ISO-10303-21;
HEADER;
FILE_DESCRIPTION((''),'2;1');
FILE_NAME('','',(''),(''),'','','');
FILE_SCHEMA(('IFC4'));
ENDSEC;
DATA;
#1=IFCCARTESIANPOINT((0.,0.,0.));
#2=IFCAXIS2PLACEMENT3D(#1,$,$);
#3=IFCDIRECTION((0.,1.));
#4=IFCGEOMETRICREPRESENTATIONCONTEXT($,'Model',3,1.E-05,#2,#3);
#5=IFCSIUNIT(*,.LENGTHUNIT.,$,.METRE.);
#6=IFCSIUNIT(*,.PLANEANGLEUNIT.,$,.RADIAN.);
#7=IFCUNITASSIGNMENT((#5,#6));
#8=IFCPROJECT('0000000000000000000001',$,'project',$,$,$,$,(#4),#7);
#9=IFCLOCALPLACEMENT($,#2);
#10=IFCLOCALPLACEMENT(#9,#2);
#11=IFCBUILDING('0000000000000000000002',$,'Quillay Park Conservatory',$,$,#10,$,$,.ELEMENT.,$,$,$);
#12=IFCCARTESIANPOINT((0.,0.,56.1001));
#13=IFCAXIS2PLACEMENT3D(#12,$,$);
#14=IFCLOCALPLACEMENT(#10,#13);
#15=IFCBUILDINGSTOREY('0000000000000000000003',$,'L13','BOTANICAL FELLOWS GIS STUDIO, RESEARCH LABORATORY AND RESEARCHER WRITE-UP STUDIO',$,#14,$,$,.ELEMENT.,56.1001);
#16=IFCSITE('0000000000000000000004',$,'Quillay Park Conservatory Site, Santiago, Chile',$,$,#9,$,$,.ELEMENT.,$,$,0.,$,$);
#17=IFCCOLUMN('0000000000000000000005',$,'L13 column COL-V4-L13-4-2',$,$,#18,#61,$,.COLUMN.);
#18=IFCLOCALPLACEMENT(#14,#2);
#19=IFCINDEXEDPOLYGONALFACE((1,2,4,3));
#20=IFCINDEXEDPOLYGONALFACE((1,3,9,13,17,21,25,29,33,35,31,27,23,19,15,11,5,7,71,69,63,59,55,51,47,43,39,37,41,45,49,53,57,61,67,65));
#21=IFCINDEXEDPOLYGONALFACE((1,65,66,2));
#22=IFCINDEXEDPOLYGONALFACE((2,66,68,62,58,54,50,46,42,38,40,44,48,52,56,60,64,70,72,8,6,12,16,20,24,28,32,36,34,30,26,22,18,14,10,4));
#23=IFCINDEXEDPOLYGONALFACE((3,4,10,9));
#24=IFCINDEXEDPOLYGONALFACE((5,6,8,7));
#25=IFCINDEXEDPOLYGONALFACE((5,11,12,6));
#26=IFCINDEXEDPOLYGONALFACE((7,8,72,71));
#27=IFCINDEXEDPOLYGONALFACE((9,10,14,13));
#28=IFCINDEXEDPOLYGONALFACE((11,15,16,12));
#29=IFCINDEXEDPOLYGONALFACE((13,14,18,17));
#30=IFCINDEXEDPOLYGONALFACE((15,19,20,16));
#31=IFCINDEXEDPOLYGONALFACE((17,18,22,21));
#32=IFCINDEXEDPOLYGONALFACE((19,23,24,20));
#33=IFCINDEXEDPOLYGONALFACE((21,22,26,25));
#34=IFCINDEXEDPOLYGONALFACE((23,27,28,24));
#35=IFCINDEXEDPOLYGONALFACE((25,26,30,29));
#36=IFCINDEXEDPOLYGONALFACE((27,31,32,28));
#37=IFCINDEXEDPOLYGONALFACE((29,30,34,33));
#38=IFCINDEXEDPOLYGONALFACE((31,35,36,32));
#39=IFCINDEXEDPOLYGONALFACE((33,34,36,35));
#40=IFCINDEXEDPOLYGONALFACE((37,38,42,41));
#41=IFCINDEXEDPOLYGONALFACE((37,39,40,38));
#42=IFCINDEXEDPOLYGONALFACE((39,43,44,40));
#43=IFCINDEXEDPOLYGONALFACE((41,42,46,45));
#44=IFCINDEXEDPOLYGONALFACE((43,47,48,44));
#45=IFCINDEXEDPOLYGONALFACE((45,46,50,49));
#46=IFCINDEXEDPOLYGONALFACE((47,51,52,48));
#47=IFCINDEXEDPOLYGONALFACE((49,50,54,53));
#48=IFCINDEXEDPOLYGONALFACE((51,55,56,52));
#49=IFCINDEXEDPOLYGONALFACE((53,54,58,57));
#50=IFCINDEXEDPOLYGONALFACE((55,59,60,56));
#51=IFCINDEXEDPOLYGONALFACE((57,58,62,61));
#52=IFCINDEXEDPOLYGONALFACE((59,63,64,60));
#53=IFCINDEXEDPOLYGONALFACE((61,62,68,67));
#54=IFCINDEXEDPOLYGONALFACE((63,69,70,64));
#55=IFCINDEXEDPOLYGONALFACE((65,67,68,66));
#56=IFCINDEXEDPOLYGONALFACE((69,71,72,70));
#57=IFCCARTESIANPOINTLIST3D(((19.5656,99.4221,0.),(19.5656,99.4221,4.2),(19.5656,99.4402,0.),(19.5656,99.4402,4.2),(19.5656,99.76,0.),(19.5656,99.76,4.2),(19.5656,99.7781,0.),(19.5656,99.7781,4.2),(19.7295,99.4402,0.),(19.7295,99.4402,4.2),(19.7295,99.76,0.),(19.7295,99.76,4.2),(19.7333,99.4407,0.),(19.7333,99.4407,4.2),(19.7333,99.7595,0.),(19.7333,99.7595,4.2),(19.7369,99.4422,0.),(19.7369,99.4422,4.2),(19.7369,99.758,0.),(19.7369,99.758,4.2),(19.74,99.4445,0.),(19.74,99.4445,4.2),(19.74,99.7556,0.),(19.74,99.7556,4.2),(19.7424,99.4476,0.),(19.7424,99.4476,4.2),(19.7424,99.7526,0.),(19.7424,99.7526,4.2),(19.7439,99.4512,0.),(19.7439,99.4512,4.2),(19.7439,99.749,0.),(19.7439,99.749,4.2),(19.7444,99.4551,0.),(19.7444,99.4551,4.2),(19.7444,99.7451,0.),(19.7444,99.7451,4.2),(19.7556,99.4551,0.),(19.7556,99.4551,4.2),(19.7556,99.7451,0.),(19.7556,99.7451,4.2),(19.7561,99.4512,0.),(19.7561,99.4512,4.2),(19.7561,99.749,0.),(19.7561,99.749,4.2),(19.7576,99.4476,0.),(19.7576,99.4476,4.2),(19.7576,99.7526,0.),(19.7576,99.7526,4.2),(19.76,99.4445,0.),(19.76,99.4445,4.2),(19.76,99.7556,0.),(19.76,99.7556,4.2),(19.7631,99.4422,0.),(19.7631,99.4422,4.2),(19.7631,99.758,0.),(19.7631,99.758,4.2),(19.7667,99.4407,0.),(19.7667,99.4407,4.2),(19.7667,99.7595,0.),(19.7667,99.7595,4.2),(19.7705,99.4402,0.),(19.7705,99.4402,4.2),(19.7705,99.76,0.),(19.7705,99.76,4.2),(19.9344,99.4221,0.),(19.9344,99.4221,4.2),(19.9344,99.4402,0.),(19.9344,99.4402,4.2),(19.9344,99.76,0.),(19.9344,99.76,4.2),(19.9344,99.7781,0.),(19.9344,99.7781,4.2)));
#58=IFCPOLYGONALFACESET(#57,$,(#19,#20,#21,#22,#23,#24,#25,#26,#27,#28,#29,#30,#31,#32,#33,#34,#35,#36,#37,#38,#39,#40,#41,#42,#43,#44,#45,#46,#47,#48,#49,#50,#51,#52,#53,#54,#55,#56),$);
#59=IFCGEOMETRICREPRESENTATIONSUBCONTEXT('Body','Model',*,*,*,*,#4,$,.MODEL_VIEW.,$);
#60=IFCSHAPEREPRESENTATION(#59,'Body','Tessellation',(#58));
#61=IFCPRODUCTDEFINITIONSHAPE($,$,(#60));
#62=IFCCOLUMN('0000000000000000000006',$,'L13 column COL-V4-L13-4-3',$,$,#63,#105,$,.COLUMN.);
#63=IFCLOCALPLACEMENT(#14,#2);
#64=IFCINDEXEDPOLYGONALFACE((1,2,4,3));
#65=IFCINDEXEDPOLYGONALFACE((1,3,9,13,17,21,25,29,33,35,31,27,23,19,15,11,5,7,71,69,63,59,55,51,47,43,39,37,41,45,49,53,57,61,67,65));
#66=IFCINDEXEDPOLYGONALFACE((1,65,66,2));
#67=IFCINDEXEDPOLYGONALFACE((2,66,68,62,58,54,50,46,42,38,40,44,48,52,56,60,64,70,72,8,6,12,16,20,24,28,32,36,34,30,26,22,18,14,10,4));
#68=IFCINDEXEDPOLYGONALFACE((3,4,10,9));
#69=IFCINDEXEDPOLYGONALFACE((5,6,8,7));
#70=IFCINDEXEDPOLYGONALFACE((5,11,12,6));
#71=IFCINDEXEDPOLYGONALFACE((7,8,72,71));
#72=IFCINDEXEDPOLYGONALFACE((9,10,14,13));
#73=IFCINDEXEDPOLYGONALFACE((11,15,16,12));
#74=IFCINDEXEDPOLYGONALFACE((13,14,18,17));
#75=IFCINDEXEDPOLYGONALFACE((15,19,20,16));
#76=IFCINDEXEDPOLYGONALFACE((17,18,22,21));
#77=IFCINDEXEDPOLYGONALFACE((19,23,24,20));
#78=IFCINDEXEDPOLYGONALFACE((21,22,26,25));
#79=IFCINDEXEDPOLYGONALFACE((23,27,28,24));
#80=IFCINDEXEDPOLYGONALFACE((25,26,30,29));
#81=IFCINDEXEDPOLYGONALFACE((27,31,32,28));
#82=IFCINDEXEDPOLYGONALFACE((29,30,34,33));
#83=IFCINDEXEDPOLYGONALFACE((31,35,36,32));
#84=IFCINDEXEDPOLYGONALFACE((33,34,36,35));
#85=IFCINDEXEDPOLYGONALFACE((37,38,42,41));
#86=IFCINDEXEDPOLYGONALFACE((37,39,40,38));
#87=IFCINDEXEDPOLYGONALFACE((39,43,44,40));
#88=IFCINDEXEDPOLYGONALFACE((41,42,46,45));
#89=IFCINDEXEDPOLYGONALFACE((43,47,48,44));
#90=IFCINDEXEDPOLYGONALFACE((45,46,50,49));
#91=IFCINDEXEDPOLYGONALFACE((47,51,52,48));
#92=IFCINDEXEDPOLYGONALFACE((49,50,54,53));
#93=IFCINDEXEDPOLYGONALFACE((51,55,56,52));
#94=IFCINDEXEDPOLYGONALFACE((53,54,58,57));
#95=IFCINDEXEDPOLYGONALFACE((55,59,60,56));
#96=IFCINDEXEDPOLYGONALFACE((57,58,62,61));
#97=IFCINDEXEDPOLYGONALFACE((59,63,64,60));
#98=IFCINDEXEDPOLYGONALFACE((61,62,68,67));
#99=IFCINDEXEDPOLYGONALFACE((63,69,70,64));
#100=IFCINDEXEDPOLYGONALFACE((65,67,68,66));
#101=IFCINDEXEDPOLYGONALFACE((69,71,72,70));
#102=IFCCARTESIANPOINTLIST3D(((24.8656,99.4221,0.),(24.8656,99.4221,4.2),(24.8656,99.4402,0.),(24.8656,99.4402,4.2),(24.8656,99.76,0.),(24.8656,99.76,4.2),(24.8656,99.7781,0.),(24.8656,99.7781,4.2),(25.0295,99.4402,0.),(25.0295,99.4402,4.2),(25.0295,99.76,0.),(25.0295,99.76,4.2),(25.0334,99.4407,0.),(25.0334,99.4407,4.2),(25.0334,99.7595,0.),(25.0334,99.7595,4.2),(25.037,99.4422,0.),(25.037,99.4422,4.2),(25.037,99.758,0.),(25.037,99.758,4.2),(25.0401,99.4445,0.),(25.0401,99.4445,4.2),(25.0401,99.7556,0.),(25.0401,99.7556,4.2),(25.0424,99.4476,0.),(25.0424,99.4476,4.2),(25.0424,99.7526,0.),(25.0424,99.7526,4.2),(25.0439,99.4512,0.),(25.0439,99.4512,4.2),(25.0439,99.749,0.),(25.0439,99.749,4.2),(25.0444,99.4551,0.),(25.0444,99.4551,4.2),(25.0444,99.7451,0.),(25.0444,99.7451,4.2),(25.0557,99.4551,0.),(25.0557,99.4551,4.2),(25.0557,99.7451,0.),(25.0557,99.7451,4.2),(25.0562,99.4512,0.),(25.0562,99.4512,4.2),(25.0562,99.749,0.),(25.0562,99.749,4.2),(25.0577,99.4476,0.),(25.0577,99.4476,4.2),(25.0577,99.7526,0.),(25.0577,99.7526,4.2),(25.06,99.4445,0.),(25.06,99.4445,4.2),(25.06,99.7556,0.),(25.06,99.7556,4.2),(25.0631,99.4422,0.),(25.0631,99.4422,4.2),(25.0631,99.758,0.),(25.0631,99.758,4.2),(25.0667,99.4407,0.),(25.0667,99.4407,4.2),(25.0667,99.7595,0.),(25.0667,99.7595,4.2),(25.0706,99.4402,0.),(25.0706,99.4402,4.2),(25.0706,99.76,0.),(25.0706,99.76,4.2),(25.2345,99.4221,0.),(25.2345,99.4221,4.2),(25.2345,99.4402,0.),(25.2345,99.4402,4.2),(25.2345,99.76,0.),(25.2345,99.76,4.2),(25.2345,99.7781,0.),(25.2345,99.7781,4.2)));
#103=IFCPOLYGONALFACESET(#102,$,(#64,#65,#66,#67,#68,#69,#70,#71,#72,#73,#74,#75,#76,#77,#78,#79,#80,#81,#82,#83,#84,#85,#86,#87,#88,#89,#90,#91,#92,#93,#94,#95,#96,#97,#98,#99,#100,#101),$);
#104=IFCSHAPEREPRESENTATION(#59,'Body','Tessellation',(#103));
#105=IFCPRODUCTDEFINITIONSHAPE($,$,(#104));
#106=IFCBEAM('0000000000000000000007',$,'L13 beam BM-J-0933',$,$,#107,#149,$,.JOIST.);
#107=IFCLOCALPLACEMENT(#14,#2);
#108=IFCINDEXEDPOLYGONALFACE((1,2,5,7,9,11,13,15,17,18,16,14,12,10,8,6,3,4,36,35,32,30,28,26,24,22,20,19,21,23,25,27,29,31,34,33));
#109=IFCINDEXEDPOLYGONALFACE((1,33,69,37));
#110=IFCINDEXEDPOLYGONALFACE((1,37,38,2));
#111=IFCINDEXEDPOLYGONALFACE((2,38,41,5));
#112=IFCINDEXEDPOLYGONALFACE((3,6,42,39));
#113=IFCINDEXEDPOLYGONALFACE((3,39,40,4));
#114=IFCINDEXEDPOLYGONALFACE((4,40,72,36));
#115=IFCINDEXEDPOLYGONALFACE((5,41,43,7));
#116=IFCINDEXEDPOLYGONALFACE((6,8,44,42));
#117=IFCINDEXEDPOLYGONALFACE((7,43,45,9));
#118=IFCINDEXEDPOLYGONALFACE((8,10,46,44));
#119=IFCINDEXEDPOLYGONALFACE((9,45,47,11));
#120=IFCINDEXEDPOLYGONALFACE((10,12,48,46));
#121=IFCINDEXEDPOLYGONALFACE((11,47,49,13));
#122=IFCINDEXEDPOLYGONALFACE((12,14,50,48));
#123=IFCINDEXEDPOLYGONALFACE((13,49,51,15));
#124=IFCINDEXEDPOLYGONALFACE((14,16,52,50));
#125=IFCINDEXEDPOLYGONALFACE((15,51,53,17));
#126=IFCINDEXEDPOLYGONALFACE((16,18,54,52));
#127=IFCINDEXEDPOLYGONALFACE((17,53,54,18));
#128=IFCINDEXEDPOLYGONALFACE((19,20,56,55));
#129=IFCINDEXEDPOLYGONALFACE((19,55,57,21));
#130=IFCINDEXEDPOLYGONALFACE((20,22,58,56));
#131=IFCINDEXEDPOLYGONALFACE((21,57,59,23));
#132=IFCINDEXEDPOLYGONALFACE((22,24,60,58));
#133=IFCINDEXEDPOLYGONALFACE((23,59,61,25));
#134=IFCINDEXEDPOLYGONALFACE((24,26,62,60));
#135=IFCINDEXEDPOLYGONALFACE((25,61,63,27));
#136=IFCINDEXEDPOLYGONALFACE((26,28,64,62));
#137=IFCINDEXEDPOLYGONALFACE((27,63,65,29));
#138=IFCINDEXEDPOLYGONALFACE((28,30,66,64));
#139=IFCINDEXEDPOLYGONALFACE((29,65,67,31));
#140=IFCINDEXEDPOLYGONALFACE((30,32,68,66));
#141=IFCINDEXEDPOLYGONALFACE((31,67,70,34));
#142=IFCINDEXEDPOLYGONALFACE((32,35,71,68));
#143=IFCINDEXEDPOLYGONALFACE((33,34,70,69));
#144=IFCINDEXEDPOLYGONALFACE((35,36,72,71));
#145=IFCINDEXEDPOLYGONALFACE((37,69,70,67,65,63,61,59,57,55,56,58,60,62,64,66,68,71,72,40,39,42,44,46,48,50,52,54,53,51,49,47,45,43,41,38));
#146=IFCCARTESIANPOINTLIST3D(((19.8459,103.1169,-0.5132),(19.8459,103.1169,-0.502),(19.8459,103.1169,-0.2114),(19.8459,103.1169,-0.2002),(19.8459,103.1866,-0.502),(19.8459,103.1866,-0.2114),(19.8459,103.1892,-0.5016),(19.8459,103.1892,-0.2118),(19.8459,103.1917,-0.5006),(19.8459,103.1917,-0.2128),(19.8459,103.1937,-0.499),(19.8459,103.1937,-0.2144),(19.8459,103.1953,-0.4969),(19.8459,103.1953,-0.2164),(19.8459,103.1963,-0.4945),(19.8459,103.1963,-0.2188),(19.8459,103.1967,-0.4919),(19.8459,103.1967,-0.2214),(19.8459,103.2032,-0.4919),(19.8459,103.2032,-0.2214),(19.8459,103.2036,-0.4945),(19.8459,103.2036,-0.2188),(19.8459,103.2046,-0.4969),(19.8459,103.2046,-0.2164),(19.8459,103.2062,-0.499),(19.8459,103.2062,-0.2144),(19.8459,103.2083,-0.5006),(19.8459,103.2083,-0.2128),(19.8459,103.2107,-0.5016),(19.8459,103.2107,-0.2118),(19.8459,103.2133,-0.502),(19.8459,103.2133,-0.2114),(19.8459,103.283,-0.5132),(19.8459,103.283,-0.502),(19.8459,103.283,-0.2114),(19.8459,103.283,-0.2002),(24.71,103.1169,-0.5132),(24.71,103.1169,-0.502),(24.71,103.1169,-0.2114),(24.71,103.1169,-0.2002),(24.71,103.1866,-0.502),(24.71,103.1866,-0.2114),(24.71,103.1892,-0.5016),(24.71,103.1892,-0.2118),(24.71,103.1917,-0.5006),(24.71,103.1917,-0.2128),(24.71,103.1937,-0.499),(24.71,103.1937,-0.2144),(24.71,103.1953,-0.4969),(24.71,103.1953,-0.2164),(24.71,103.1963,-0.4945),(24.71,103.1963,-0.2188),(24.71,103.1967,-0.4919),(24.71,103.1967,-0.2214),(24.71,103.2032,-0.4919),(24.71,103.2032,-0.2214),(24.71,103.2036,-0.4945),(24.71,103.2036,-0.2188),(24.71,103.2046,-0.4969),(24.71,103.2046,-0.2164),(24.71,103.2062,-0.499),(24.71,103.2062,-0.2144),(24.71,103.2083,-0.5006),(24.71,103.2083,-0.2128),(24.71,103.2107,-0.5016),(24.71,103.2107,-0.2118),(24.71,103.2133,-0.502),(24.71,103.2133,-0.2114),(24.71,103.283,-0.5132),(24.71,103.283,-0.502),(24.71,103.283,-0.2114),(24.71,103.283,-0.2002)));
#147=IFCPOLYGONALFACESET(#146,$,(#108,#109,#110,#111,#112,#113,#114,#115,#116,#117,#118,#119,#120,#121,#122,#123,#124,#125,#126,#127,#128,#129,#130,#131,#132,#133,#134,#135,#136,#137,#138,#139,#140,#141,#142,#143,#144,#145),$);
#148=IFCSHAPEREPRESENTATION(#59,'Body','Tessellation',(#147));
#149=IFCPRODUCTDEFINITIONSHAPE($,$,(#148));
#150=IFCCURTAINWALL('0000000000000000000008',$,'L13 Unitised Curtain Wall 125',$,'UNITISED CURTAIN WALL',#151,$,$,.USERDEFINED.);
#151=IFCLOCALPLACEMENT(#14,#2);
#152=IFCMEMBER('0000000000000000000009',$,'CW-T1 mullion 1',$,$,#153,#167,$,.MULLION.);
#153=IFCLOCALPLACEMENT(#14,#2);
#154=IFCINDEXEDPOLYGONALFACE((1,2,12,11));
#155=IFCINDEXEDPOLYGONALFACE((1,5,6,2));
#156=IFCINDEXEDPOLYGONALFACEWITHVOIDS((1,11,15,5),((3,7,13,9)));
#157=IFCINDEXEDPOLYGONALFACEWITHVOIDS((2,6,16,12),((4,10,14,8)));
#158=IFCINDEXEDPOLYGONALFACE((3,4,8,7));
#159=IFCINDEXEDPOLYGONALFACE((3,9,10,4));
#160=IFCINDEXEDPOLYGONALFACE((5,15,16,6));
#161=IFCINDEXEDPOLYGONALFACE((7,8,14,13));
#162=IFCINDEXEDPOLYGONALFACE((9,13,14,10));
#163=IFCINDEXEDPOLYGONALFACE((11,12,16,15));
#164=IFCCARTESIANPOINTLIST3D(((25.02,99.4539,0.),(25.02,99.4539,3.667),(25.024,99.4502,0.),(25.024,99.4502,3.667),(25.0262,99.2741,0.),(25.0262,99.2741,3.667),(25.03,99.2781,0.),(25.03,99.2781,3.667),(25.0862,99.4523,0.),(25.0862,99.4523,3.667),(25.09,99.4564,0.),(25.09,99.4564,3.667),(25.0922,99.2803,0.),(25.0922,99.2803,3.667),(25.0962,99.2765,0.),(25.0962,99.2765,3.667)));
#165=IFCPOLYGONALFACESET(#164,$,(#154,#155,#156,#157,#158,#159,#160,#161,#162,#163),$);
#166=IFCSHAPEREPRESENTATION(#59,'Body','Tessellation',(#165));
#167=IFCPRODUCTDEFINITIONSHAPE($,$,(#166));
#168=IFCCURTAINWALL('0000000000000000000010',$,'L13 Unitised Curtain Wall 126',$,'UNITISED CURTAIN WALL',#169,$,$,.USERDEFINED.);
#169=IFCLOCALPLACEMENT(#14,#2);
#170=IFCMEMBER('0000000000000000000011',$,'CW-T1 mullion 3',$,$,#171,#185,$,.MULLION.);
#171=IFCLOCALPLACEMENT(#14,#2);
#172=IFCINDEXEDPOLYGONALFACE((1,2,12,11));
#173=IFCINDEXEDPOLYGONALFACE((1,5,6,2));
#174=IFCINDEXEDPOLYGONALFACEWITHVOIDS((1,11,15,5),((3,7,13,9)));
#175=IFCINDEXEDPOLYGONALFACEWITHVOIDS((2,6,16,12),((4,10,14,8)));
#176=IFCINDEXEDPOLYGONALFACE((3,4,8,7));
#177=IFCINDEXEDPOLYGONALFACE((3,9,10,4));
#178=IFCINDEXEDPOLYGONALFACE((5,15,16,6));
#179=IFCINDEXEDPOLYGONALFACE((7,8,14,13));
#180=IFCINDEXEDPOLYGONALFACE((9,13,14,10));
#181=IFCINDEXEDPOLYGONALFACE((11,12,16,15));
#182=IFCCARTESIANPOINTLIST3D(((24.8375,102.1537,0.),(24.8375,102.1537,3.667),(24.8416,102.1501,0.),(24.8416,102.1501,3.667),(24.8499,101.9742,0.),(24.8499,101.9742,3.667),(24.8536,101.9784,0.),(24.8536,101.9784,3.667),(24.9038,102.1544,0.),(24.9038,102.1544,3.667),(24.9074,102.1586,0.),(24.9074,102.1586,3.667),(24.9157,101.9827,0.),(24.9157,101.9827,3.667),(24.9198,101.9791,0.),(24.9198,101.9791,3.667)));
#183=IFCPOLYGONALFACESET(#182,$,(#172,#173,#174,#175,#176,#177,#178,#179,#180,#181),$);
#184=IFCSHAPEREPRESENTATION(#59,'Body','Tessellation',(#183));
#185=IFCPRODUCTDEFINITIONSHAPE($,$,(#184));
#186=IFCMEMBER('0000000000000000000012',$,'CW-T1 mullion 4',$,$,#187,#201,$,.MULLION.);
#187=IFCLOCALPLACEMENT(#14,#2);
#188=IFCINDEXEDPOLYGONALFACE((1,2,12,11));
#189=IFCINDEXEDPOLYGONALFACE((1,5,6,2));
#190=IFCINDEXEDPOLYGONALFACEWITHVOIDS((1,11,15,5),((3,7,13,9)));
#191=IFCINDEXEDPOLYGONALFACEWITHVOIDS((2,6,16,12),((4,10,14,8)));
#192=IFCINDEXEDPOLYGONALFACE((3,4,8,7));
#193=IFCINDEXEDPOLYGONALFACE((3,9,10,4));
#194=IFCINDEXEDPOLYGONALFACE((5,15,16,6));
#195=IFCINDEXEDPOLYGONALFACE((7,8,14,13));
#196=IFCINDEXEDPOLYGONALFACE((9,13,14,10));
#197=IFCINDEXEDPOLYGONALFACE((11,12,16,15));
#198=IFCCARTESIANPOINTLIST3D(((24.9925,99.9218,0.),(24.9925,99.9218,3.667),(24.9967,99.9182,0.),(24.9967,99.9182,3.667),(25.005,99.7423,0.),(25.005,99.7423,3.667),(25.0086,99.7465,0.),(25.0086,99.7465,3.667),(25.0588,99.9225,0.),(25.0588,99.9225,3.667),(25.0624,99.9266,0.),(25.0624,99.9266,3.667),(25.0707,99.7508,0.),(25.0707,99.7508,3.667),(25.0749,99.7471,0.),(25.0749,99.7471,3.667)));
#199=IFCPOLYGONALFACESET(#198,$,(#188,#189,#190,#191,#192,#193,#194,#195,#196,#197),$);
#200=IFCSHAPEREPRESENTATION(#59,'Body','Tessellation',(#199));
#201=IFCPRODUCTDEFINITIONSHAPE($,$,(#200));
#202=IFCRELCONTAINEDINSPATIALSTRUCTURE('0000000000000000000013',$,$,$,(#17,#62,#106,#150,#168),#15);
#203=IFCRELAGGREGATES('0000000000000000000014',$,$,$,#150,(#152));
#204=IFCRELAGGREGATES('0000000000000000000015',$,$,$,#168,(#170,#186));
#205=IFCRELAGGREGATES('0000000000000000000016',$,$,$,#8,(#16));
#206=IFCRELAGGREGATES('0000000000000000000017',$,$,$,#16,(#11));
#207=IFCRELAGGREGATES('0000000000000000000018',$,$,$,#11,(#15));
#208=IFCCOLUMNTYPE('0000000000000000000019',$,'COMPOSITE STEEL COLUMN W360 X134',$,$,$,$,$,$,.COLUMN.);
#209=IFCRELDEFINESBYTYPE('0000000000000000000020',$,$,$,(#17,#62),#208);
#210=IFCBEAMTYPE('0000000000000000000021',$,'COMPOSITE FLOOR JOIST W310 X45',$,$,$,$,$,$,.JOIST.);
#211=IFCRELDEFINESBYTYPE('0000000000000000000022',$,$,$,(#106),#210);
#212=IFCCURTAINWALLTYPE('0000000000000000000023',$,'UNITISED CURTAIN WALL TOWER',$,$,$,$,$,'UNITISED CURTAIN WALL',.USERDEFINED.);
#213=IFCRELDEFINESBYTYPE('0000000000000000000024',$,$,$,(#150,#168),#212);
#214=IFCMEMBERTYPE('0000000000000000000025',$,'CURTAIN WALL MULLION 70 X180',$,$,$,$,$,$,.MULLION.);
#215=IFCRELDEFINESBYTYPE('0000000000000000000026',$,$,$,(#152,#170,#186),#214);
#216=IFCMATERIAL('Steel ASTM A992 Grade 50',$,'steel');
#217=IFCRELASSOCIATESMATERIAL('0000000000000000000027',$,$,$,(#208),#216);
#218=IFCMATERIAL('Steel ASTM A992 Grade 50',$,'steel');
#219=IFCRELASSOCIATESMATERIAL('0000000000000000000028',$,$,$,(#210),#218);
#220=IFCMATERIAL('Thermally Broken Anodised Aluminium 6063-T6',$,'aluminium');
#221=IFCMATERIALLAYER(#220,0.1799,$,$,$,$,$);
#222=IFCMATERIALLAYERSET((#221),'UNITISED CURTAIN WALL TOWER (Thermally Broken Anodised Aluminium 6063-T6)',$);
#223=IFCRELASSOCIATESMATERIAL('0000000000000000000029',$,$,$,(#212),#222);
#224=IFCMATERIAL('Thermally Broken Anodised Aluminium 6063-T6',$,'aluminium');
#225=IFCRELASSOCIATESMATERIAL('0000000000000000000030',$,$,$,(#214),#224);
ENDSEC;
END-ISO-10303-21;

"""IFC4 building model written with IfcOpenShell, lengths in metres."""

from ifc_helpers import new_model, si_unit, direction, frame, origin, origin_2d, place, context, subcontext, project, spatial, hollow_rectangle, i_section, extrude, material, layer, layer_set, material_profile, profile_set, type_object, element, aggregate, save


model = new_model("IFC4")

# Units and contexts
model_context = context("Model", 3, precision=1e-05, world=origin(), true_north=direction((0.0, 1.0)))
body_context = subcontext(model_context, "Body", "Model", "MODEL_VIEW")
ifc_project = project(units=[si_unit("LENGTHUNIT", "METRE"), si_unit("PLANEANGLEUNIT", "RADIAN")], contexts=[model_context])

# Site, building, storey
site_placement = place(None, origin())
site = spatial("IfcSite", under=ifc_project, at=site_placement, Name="Quillay Park Conservatory Site, Santiago, Chile", CompositionType="ELEMENT", RefElevation=0.0)
building_placement = place(site_placement, origin())
building = spatial("IfcBuilding", under=site, at=building_placement, Name="Quillay Park Conservatory", CompositionType="ELEMENT")
storey_placement = place(building_placement, frame((0.0, 0.0, 56.1001)))
storey = spatial("IfcBuildingStorey", under=building, at=storey_placement, Name="L13", Description="BOTANICAL FELLOWS GIS STUDIO, RESEARCH LABORATORY AND RESEARCHER WRITE-UP STUDIO", CompositionType="ELEMENT", Elevation=56.1001)

# Columns
ifc_material_1 = material(Name="Steel ASTM A992 Grade 50", Category="steel")
ifc_material_profile_1 = material_profile(ifc_material_1, i_section(OverallWidth=0.3689, OverallDepth=0.356, WebThickness=0.0112, FlangeThickness=0.0181, FilletRadius=0.0149, at=origin_2d()), Name="W360x134")
ifc_profile_set_1 = profile_set([ifc_material_profile_1], Name="Steel ASTM A992 Grade 50")
column_type = type_object("IfcColumnType", Name="COMPOSITE STEEL COLUMN W360 X134", PredefinedType="COLUMN", material=ifc_profile_set_1)
for number, where, z_axis, x_axis, name in (
    (1, (19.75, 99.6001, 0.0), (0.0, 0.0, 1.0), (1.0, 0.0, 0.0), "L13 column COL-V4-L13-4-2"),
    (2, (25.05, 99.6001, 0.0), (0.0, 0.0, 1.0), (1.0, 0.0, 0.0), "L13 column COL-V4-L13-4-3"),
):
    element("IfcColumn", number, at=place(storey_placement, frame(where, z_axis=z_axis, x_axis=x_axis)), inside=storey, type_object=column_type, Name=name, PredefinedType="COLUMN", context=body_context, shape_type="SweptSolid", body=[
        extrude(i_section(OverallWidth=0.3689, OverallDepth=0.356, WebThickness=0.0112, FlangeThickness=0.0181, FilletRadius=0.0149, at=origin_2d()), origin(), (0.0, 0.0, 1.0), 4.2),
    ])

# Beam
ifc_material_2 = material(Name="Steel ASTM A992 Grade 50", Category="steel")
ifc_material_profile_2 = material_profile(ifc_material_2, i_section(OverallWidth=0.166, OverallDepth=0.313, WebThickness=0.0066, FlangeThickness=0.0112, FilletRadius=0.01, at=origin_2d()), Name="W310x45")
ifc_profile_set_2 = profile_set([ifc_material_profile_2], Name="Steel ASTM A992 Grade 50")
beam_type_1 = type_object("IfcBeamType", Name="COMPOSITE FLOOR JOIST W310 X45", PredefinedType="JOIST", material=ifc_profile_set_2)
beam_1_placement = place(storey_placement, frame((19.8459, 103.2, -0.3567), z_axis=(1.0, 0.0, 0.0), x_axis=(0.0, 1.0, 0.0)))
element("IfcBeam", 3, at=beam_1_placement, inside=storey, type_object=beam_type_1, Name="L13 beam BM-J-0933", PredefinedType="JOIST", context=body_context, shape_type="SweptSolid", body=[
    extrude(i_section(OverallWidth=0.166, OverallDepth=0.313, WebThickness=0.0066, FlangeThickness=0.0112, FilletRadius=0.01, at=origin_2d()), origin(), (0.0, 0.0, 1.0), 4.864),
])

# Curtain wall, member
ifc_material_3 = material(Name="Thermally Broken Anodised Aluminium 6063-T6", Category="aluminium")
ifc_layer_1 = layer(ifc_material_3, 0.1799)
ifc_layer_set_1 = layer_set([ifc_layer_1], Name="UNITISED CURTAIN WALL TOWER (Thermally Broken Anodised Aluminium 6063-T6)")
curtain_wall_type = type_object("IfcCurtainWallType", Name="UNITISED CURTAIN WALL TOWER", ElementType="UNITISED CURTAIN WALL", PredefinedType="USERDEFINED", material=ifc_layer_set_1)
curtain_wall_1_placement = place(storey_placement, origin())
curtain_wall_1 = element("IfcCurtainWall", 4, at=curtain_wall_1_placement, inside=storey, type_object=curtain_wall_type, Name="L13 Unitised Curtain Wall 125", ObjectType="UNITISED CURTAIN WALL", PredefinedType="USERDEFINED")
ifc_material_4 = material(Name="Thermally Broken Anodised Aluminium 6063-T6", Category="aluminium")
ifc_material_profile_3 = material_profile(ifc_material_4, hollow_rectangle(XDim=0.0701, YDim=0.1799, WallThickness=0.0039, at=origin_2d()), Name="AL70x180x4")
ifc_profile_set_3 = profile_set([ifc_material_profile_3], Name="Thermally Broken Anodised Aluminium 6063-T6")
member_type_1 = type_object("IfcMemberType", Name="CURTAIN WALL MULLION 70 X180", PredefinedType="MULLION", material=ifc_profile_set_3)
member_1_placement = place(storey_placement, frame((25.0581, 99.3652, 0.0), z_axis=(0.0, 0.0, 1.0), x_axis=(0.999397, 0.034713, 0.0)))
member_1 = element("IfcMember", 5, at=member_1_placement, type_object=member_type_1, Name="CW-T1 mullion 1", PredefinedType="MULLION", context=body_context, shape_type="SweptSolid", body=[
    extrude(hollow_rectangle(XDim=0.0701, YDim=0.1799, WallThickness=0.0039, at=origin_2d()), origin(), (0.0, 0.0, 1.0), 3.667),
])
aggregate(curtain_wall_1, [member_1])

# Curtain wall, members
curtain_wall_2_placement = place(storey_placement, origin())
curtain_wall_2 = element("IfcCurtainWall", 6, at=curtain_wall_2_placement, inside=storey, type_object=curtain_wall_type, Name="L13 Unitised Curtain Wall 126", ObjectType="UNITISED CURTAIN WALL", PredefinedType="USERDEFINED")
member_2_placement = place(storey_placement, frame((24.8787, 102.0664, 0.0), z_axis=(0.0, 0.0, 1.0), x_axis=(0.997598, 0.069264, 0.0)))
member_2 = element("IfcMember", 7, at=member_2_placement, type_object=member_type_1, Name="CW-T1 mullion 3", PredefinedType="MULLION", context=body_context, shape_type="SweptSolid", body=[
    extrude(hollow_rectangle(XDim=0.0701, YDim=0.1799, WallThickness=0.0039, at=origin_2d()), origin(), (0.0, 0.0, 1.0), 3.667),
])
member_3_placement = place(storey_placement, frame((25.0337, 99.8345, 0.0), z_axis=(0.0, 0.0, 1.0), x_axis=(0.997598, 0.069264, 0.0)))
member_3 = element("IfcMember", 8, at=member_3_placement, type_object=member_type_1, Name="CW-T1 mullion 4", PredefinedType="MULLION", context=body_context, shape_type="SweptSolid", body=[
    extrude(hollow_rectangle(XDim=0.0701, YDim=0.1799, WallThickness=0.0039, at=origin_2d()), origin(), (0.0, 0.0, 1.0), 3.667),
])

aggregate(curtain_wall_2, [member_2, member_3])

save(model, "model.ifc")
